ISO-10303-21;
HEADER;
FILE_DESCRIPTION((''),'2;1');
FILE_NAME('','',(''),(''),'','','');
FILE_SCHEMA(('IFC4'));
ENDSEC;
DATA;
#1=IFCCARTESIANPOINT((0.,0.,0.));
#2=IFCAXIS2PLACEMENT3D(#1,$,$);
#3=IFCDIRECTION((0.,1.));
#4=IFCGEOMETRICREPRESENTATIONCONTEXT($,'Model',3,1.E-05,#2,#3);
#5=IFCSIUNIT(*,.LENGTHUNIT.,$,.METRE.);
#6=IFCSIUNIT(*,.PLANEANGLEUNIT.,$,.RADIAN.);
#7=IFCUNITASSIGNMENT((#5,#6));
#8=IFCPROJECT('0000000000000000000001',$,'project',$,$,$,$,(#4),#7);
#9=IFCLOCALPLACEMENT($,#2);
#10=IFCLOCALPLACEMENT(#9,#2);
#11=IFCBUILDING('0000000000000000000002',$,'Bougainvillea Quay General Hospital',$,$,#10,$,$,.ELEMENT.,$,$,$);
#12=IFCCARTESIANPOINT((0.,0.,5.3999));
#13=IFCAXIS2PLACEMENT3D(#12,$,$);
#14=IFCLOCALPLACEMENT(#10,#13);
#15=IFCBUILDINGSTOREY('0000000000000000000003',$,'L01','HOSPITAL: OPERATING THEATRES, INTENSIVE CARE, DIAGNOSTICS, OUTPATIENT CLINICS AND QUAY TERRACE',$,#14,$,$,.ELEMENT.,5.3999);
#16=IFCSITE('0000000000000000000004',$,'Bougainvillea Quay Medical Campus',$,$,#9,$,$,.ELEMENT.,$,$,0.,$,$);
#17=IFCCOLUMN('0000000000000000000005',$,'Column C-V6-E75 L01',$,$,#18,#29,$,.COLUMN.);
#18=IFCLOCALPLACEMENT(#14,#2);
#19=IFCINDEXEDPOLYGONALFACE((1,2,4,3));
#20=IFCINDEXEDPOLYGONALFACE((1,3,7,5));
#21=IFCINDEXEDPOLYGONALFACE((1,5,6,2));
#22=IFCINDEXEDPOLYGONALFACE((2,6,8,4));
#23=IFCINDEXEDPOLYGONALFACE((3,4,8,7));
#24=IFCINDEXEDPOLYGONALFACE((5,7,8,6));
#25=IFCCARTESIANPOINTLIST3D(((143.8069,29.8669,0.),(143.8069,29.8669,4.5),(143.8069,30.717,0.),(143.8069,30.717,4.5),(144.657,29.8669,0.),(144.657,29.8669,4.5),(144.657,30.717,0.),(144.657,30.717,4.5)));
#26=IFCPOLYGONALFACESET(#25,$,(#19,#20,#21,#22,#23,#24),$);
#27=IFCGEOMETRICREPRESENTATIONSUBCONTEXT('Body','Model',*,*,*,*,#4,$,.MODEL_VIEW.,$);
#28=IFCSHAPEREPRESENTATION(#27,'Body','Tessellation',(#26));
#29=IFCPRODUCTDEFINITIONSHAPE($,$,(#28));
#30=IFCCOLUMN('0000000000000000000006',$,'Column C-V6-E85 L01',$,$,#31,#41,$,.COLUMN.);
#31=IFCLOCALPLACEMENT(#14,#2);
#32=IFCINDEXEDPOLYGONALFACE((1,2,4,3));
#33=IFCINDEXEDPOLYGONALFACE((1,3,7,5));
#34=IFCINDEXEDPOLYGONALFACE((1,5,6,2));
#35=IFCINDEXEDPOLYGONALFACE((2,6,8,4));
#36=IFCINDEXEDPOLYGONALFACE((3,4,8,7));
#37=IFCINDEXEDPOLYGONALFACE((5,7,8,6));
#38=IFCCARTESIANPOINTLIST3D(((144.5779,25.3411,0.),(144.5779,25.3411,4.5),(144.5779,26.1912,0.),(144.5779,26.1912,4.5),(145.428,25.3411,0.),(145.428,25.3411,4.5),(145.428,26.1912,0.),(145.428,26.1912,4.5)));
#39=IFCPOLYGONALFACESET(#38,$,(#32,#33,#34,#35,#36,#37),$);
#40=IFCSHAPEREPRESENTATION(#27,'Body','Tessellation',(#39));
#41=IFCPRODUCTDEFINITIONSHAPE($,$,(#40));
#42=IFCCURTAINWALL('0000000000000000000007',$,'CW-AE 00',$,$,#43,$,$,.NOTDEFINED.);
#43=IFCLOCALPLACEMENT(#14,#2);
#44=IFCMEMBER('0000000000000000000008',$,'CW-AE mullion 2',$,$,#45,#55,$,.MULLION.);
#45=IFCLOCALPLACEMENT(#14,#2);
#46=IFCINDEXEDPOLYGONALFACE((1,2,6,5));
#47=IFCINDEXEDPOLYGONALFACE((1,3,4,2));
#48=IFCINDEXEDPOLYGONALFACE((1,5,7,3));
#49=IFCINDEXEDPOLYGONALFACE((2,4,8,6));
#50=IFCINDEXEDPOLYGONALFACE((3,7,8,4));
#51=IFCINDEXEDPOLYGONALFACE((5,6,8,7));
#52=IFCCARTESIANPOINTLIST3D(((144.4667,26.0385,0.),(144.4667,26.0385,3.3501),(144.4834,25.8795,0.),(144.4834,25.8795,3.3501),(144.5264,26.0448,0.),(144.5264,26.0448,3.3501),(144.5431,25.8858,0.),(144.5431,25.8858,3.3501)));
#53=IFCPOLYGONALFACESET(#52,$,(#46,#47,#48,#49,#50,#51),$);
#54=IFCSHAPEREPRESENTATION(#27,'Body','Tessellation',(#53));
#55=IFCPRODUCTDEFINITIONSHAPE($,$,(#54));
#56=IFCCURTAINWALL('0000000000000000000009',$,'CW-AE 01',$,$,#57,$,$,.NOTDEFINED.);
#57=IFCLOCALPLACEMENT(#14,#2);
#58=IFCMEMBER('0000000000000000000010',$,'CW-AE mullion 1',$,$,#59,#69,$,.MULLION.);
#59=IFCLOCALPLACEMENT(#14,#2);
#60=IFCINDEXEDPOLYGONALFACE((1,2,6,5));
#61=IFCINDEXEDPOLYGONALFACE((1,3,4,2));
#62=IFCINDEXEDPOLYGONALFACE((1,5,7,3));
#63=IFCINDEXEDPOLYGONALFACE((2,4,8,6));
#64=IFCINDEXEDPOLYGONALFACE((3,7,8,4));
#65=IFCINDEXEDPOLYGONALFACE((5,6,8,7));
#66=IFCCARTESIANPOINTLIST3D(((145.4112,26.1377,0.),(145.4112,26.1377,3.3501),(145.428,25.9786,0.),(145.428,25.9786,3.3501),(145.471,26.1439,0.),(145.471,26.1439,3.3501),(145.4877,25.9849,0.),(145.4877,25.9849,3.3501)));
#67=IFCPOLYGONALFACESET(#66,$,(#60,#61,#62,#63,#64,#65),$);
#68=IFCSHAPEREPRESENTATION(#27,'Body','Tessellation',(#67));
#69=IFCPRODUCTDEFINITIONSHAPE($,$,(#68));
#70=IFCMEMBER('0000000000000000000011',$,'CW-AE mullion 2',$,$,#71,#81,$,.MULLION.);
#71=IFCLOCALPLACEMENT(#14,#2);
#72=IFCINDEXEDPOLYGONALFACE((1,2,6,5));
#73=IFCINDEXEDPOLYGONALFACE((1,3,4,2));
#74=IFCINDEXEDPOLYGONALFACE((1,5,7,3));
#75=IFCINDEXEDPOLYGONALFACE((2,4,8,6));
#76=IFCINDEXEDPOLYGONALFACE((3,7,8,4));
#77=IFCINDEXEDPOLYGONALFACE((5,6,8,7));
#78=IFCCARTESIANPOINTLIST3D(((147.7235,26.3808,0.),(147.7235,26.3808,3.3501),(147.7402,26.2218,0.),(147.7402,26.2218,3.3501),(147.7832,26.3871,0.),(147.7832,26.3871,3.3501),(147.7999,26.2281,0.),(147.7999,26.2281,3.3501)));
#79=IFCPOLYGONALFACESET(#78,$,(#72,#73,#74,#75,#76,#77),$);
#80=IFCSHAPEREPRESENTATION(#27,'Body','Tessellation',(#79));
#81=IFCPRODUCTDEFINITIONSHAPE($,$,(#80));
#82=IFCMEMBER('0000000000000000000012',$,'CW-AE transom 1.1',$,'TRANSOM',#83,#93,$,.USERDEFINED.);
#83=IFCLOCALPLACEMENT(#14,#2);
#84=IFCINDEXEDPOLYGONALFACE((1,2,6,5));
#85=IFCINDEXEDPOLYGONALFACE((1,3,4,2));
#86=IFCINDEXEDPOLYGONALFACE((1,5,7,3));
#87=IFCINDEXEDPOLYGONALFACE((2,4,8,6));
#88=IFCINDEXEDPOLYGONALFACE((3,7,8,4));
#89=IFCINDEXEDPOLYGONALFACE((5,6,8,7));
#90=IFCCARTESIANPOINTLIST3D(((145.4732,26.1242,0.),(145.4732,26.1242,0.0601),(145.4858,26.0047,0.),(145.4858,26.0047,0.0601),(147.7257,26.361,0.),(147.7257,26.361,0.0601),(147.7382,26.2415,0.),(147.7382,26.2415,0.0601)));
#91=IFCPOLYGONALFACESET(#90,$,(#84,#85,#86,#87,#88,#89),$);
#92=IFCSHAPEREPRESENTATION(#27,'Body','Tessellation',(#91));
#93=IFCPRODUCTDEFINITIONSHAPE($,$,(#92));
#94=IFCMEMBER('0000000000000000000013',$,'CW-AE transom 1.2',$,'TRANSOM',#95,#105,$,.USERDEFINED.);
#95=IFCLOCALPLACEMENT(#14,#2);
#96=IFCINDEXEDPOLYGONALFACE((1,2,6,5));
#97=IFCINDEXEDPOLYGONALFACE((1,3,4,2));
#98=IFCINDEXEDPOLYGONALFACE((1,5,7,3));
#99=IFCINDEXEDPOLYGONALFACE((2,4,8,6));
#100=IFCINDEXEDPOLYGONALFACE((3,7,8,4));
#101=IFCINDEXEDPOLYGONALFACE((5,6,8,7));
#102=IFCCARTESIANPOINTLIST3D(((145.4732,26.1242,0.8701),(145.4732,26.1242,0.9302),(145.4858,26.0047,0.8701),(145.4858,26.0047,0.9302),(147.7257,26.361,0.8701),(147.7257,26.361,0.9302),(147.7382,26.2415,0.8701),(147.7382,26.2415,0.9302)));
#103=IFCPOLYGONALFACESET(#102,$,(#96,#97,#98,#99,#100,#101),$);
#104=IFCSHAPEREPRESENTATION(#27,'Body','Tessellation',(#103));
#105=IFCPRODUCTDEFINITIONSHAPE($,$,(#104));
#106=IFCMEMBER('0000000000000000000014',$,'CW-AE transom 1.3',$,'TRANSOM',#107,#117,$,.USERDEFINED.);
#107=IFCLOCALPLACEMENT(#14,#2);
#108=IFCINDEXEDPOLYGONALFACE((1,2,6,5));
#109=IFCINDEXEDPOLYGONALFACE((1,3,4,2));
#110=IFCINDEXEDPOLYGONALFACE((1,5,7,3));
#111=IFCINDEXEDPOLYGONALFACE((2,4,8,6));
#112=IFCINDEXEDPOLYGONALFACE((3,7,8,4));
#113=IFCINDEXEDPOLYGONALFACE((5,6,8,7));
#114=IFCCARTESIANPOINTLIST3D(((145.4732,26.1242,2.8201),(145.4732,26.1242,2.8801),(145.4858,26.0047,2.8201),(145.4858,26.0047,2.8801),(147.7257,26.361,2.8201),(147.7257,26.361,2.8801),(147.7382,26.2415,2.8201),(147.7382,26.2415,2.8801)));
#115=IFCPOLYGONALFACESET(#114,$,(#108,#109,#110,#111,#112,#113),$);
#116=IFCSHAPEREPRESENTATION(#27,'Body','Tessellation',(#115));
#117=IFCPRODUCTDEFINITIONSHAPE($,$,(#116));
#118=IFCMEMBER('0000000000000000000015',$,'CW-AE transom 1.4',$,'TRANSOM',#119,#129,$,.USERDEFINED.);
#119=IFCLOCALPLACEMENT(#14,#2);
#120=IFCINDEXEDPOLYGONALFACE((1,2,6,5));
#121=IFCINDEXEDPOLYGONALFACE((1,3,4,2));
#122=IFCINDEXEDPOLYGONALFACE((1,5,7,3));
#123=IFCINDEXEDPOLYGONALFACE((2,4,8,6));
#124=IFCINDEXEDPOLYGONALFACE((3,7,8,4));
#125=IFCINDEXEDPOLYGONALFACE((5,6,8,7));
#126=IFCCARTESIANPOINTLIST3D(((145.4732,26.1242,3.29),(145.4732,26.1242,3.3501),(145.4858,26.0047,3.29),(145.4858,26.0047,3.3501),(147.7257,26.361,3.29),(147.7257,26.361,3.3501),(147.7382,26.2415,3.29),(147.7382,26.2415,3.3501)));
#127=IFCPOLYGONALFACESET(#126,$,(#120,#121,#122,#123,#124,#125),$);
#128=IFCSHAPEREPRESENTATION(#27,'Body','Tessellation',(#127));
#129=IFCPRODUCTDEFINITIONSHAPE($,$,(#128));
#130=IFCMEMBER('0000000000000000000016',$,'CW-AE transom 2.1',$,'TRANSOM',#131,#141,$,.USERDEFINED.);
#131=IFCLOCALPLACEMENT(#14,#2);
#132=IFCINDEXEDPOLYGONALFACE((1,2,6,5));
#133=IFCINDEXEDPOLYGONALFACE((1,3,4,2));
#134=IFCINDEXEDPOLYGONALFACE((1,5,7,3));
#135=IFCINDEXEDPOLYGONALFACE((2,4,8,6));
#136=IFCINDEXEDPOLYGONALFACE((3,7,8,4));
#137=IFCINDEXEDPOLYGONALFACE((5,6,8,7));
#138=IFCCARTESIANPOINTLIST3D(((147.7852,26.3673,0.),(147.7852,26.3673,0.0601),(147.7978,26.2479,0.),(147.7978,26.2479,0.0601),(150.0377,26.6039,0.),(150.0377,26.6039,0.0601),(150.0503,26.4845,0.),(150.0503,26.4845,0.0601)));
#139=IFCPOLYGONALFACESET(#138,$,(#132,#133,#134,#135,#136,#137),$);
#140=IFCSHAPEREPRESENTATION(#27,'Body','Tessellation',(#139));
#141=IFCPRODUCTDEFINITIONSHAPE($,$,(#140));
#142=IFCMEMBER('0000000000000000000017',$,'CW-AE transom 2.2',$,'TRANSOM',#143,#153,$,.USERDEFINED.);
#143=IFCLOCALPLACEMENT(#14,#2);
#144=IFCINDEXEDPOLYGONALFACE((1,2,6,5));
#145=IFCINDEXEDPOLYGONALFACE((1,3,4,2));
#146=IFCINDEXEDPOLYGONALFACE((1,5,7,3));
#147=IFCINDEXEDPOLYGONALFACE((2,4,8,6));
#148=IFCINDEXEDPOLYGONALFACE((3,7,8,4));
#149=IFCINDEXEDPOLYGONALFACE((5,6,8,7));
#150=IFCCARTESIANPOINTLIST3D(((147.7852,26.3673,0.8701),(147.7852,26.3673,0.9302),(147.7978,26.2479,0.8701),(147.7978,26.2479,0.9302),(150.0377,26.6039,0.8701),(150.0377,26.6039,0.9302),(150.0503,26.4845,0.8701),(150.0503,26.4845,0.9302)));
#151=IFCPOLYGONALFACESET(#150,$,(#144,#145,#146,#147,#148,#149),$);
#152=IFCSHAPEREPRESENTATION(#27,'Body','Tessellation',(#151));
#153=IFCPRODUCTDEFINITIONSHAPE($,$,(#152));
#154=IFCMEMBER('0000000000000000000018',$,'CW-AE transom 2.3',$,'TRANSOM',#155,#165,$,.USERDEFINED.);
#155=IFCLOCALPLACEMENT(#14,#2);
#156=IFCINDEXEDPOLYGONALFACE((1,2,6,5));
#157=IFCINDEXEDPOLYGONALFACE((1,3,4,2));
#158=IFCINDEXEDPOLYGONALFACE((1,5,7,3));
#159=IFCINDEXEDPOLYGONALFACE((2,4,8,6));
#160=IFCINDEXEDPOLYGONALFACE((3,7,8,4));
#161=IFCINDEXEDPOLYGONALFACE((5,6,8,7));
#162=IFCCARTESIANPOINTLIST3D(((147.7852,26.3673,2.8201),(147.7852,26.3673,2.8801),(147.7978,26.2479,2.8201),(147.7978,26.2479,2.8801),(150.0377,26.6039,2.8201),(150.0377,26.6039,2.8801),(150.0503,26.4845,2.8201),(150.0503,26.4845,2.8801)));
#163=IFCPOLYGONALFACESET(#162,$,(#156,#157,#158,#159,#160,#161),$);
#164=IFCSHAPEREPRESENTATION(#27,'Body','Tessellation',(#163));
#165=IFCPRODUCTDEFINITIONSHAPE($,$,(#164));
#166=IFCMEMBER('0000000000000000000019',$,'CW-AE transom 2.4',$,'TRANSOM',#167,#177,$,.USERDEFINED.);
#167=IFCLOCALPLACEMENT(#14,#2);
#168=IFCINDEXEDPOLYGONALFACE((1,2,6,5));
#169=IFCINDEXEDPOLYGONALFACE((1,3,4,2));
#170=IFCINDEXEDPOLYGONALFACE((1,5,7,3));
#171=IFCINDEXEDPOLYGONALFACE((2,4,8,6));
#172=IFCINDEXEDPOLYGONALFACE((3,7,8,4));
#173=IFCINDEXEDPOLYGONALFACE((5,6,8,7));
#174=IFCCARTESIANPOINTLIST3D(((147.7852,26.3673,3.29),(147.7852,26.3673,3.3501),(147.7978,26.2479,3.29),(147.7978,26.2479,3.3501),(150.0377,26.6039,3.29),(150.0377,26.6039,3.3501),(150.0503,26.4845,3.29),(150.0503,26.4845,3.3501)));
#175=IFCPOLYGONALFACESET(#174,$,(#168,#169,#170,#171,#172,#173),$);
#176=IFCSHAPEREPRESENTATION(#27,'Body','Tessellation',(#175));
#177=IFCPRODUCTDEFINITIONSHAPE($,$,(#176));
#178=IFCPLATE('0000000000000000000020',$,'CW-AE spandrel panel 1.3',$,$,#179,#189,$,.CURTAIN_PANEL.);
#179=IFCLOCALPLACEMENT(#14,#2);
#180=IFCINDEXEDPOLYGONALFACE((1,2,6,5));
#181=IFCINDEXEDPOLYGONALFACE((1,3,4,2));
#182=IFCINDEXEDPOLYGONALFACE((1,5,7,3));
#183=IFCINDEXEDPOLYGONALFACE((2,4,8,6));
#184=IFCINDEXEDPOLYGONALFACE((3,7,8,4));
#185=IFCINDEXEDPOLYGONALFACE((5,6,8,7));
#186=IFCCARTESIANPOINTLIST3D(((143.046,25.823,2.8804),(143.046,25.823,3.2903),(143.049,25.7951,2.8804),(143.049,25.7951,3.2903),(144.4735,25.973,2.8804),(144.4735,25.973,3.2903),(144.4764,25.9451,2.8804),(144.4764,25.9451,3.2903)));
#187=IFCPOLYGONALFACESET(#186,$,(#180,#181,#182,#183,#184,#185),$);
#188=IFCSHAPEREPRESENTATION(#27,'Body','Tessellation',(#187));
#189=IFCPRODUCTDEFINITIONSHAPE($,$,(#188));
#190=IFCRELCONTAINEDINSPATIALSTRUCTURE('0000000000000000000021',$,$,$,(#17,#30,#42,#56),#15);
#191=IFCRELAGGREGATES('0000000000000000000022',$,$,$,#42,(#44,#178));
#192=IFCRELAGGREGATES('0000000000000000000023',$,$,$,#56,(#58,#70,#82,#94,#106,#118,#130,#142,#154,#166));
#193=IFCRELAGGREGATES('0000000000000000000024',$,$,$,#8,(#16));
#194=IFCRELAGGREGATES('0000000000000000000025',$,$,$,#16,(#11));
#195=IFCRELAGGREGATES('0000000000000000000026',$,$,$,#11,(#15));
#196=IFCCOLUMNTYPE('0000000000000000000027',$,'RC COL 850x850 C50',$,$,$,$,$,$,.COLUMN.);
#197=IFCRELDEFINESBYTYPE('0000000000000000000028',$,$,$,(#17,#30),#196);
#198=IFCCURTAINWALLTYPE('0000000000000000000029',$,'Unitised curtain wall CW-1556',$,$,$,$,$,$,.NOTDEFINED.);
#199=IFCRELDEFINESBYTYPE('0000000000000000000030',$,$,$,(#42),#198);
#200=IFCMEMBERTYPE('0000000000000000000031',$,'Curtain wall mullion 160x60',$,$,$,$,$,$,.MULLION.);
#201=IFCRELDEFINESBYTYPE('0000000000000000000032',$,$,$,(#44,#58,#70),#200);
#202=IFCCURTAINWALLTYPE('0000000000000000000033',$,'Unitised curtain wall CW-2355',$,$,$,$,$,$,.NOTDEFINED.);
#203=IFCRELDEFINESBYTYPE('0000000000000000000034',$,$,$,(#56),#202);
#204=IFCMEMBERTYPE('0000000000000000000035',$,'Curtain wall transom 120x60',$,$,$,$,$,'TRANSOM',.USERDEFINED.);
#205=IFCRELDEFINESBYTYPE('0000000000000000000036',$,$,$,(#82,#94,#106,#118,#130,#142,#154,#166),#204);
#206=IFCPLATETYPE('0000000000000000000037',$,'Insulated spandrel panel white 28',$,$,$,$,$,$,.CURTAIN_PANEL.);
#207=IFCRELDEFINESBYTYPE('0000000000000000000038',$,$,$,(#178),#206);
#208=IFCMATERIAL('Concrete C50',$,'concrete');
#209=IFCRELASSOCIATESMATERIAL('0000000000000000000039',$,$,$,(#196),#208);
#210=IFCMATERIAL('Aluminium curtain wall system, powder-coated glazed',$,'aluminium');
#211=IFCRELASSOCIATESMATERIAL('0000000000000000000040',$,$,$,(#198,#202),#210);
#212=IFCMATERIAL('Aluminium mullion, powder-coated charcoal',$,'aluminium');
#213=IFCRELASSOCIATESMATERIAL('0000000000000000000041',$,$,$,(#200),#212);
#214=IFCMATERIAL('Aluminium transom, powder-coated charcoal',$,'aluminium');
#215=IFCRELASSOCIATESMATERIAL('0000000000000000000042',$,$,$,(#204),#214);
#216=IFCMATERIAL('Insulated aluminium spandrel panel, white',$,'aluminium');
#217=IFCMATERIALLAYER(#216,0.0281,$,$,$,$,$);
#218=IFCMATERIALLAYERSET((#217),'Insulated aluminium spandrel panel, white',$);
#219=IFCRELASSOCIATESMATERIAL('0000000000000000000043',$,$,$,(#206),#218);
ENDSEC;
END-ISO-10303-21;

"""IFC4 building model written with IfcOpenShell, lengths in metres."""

from ifc_helpers import new_model, si_unit, direction, frame, origin, origin_2d, place, context, subcontext, project, spatial, rectangle, extrude, material, layer, layer_set, material_profile, profile_set, type_object, element, aggregate, save


model = new_model("IFC4")

# Units and contexts
model_context = context("Model", 3, precision=1e-05, world=origin(), true_north=direction((0.0, 1.0)))
body_context = subcontext(model_context, "Body", "Model", "MODEL_VIEW")
ifc_project = project(units=[si_unit("LENGTHUNIT", "METRE"), si_unit("PLANEANGLEUNIT", "RADIAN")], contexts=[model_context])

# Site, building, storey
site_placement = place(None, origin())
site = spatial("IfcSite", under=ifc_project, at=site_placement, Name="Bougainvillea Quay Medical Campus", CompositionType="ELEMENT", RefElevation=0.0)
building_placement = place(site_placement, origin())
building = spatial("IfcBuilding", under=site, at=building_placement, Name="Bougainvillea Quay General Hospital", CompositionType="ELEMENT")
storey_placement = place(building_placement, frame((0.0, 0.0, 5.3999)))
storey = spatial("IfcBuildingStorey", under=building, at=storey_placement, Name="L01", Description="HOSPITAL: OPERATING THEATRES, INTENSIVE CARE, DIAGNOSTICS, OUTPATIENT CLINICS AND QUAY TERRACE", CompositionType="ELEMENT", Elevation=5.3999)

# Columns
ifc_material_1 = material(Name="Concrete C50", Category="concrete")
ifc_material_profile_1 = material_profile(ifc_material_1, rectangle(XDim=0.8501, YDim=0.8501, at=origin_2d()))
ifc_profile_set_1 = profile_set([ifc_material_profile_1], Name="Concrete C50")
column_type = type_object("IfcColumnType", Name="RC COL 850x850 C50", PredefinedType="COLUMN", material=ifc_profile_set_1)
for number, where, z_axis, x_axis, name in (
    (1, (144.2319, 30.292, 0.0), (0.0, 0.0, 1.0), (1.0, 0.0, 0.0), "Column C-V6-E75 L01"),
    (2, (145.0029, 25.7661, 0.0), (0.0, 0.0, 1.0), (1.0, 0.0, 0.0), "Column C-V6-E85 L01"),
):
    element("IfcColumn", number, at=place(storey_placement, frame(where, z_axis=z_axis, x_axis=x_axis)), inside=storey, type_object=column_type, Name=name, PredefinedType="COLUMN", context=body_context, shape_type="SweptSolid", body=[
        extrude(rectangle(XDim=0.8501, YDim=0.8501, at=origin_2d()), origin(), (0.0, 0.0, 1.0), 4.5),
    ])

# Curtain wall, member
ifc_material_2 = material(Name="Aluminium curtain wall system, powder-coated glazed", Category="aluminium")
curtain_wall_type_1 = type_object("IfcCurtainWallType", Name="Unitised curtain wall CW-1556", PredefinedType="NOTDEFINED", material=ifc_material_2)
curtain_wall_1_placement = place(storey_placement, origin())
curtain_wall_1 = element("IfcCurtainWall", 3, at=curtain_wall_1_placement, inside=storey, type_object=curtain_wall_type_1, Name="CW-AE 00", PredefinedType="NOTDEFINED")
ifc_material_3 = material(Name="Aluminium mullion, powder-coated charcoal", Category="aluminium")
ifc_material_profile_2 = material_profile(ifc_material_3, rectangle(XDim=0.1599, YDim=0.0601, at=origin_2d()))
ifc_profile_set_2 = profile_set([ifc_material_profile_2], Name="Aluminium mullion, powder-coated charcoal")
member_type_1 = type_object("IfcMemberType", Name="Curtain wall mullion 160x60", PredefinedType="MULLION", material=ifc_profile_set_2)
member_1_placement = place(storey_placement, frame((144.5049, 25.9622, 0.0), z_axis=(0.0, 0.0, 1.0), x_axis=(-0.104527, 0.994522, 0.0)))
member_1 = element("IfcMember", 4, at=member_1_placement, type_object=member_type_1, Name="CW-AE mullion 2", PredefinedType="MULLION", context=body_context, shape_type="SweptSolid", body=[
    extrude(rectangle(XDim=0.1599, YDim=0.0601, at=origin_2d()), origin(), (0.0, 0.0, 1.0), 3.3501),
])

# Curtain wall, members
curtain_wall_type_2 = type_object("IfcCurtainWallType", Name="Unitised curtain wall CW-2355", PredefinedType="NOTDEFINED", material=ifc_material_2)
curtain_wall_2_placement = place(storey_placement, origin())
curtain_wall_2 = element("IfcCurtainWall", 5, at=curtain_wall_2_placement, inside=storey, type_object=curtain_wall_type_2, Name="CW-AE 01", PredefinedType="NOTDEFINED")
member_2_placement = place(storey_placement, frame((145.4495, 26.0613, 0.0), z_axis=(0.0, 0.0, 1.0), x_axis=(-0.104527, 0.994522, 0.0)))
member_2 = element("IfcMember", 6, at=member_2_placement, type_object=member_type_1, Name="CW-AE mullion 1", PredefinedType="MULLION", context=body_context, shape_type="SweptSolid", body=[
    extrude(rectangle(XDim=0.1599, YDim=0.0601, at=origin_2d()), origin(), (0.0, 0.0, 1.0), 3.3501),
])
member_3_placement = place(storey_placement, frame((147.7617, 26.3044, 0.0), z_axis=(0.0, 0.0, 1.0), x_axis=(-0.104527, 0.994522, 0.0)))
member_3 = element("IfcMember", 7, at=member_3_placement, type_object=member_type_1, Name="CW-AE mullion 2", PredefinedType="MULLION", context=body_context, shape_type="SweptSolid", body=[
    extrude(rectangle(XDim=0.1599, YDim=0.0601, at=origin_2d()), origin(), (0.0, 0.0, 1.0), 3.3501),
])
ifc_material_4 = material(Name="Aluminium transom, powder-coated charcoal", Category="aluminium")
ifc_material_profile_3 = material_profile(ifc_material_4, rectangle(XDim=0.1201, YDim=0.0601, at=origin_2d()))
ifc_profile_set_3 = profile_set([ifc_material_profile_3], Name="Aluminium transom, powder-coated charcoal")
member_type_2 = type_object("IfcMemberType", Name="Curtain wall transom 120x60", ElementType="TRANSOM", PredefinedType="USERDEFINED", material=ifc_profile_set_3)
member_4_placement = place(storey_placement, frame((145.4795, 26.0645, 0.03), z_axis=(0.994518, 0.104561, 0.0), x_axis=(-0.104561, 0.994518, 0.0)))
member_4 = element("IfcMember", 8, at=member_4_placement, type_object=member_type_2, Name="CW-AE transom 1.1", ObjectType="TRANSOM", PredefinedType="USERDEFINED", context=body_context, shape_type="SweptSolid", body=[
    extrude(rectangle(XDim=0.1201, YDim=0.0601, at=origin_2d()), origin(), (0.0, 0.0, 1.0), 2.2649),
])
member_5_placement = place(storey_placement, frame((145.4795, 26.0645, 0.9001), z_axis=(0.994518, 0.104561, 0.0), x_axis=(-0.104561, 0.994518, 0.0)))
member_5 = element("IfcMember", 9, at=member_5_placement, type_object=member_type_2, Name="CW-AE transom 1.2", ObjectType="TRANSOM", PredefinedType="USERDEFINED", context=body_context, shape_type="SweptSolid", body=[
    extrude(rectangle(XDim=0.1201, YDim=0.0601, at=origin_2d()), origin(), (0.0, 0.0, 1.0), 2.2649),
])
member_6_placement = place(storey_placement, frame((145.4795, 26.0645, 2.8501), z_axis=(0.994518, 0.104561, 0.0), x_axis=(-0.104561, 0.994518, 0.0)))
member_6 = element("IfcMember", 10, at=member_6_placement, type_object=member_type_2, Name="CW-AE transom 1.3", ObjectType="TRANSOM", PredefinedType="USERDEFINED", context=body_context, shape_type="SweptSolid", body=[
    extrude(rectangle(XDim=0.1201, YDim=0.0601, at=origin_2d()), origin(), (0.0, 0.0, 1.0), 2.2649),
])
member_7_placement = place(storey_placement, frame((145.4795, 26.0645, 3.3201), z_axis=(0.994518, 0.104561, 0.0), x_axis=(-0.104561, 0.994518, 0.0)))
member_7 = element("IfcMember", 11, at=member_7_placement, type_object=member_type_2, Name="CW-AE transom 1.4", ObjectType="TRANSOM", PredefinedType="USERDEFINED", context=body_context, shape_type="SweptSolid", body=[
    extrude(rectangle(XDim=0.1201, YDim=0.0601, at=origin_2d()), origin(), (0.0, 0.0, 1.0), 2.2649),
])
member_8_placement = place(storey_placement, frame((147.7915, 26.3076, 0.03), z_axis=(0.99453, 0.104455, 0.0), x_axis=(-0.104455, 0.99453, 0.0)))
member_8 = element("IfcMember", 12, at=member_8_placement, type_object=member_type_2, Name="CW-AE transom 2.1", ObjectType="TRANSOM", PredefinedType="USERDEFINED", context=body_context, shape_type="SweptSolid", body=[
    extrude(rectangle(XDim=0.1201, YDim=0.0601, at=origin_2d()), origin(), (0.0, 0.0, 1.0), 2.2649),
])
member_9_placement = place(storey_placement, frame((147.7915, 26.3076, 0.9001), z_axis=(0.99453, 0.104455, 0.0), x_axis=(-0.104455, 0.99453, 0.0)))
member_9 = element("IfcMember", 13, at=member_9_placement, type_object=member_type_2, Name="CW-AE transom 2.2", ObjectType="TRANSOM", PredefinedType="USERDEFINED", context=body_context, shape_type="SweptSolid", body=[
    extrude(rectangle(XDim=0.1201, YDim=0.0601, at=origin_2d()), origin(), (0.0, 0.0, 1.0), 2.2649),
])
member_10_placement = place(storey_placement, frame((147.7915, 26.3076, 2.8501), z_axis=(0.99453, 0.104455, 0.0), x_axis=(-0.104455, 0.99453, 0.0)))
member_10 = element("IfcMember", 14, at=member_10_placement, type_object=member_type_2, Name="CW-AE transom 2.3", ObjectType="TRANSOM", PredefinedType="USERDEFINED", context=body_context, shape_type="SweptSolid", body=[
    extrude(rectangle(XDim=0.1201, YDim=0.0601, at=origin_2d()), origin(), (0.0, 0.0, 1.0), 2.2649),
])
member_11_placement = place(storey_placement, frame((147.7915, 26.3076, 3.3201), z_axis=(0.99453, 0.104455, 0.0), x_axis=(-0.104455, 0.99453, 0.0)))
member_11 = element("IfcMember", 15, at=member_11_placement, type_object=member_type_2, Name="CW-AE transom 2.4", ObjectType="TRANSOM", PredefinedType="USERDEFINED", context=body_context, shape_type="SweptSolid", body=[
    extrude(rectangle(XDim=0.1201, YDim=0.0601, at=origin_2d()), origin(), (0.0, 0.0, 1.0), 2.2649),
])

# Plate
ifc_material_5 = material(Name="Insulated aluminium spandrel panel, white", Category="aluminium")
ifc_layer_1 = layer(ifc_material_5, 0.0281)
ifc_layer_set_1 = layer_set([ifc_layer_1], Name="Insulated aluminium spandrel panel, white")
plate_type_1 = type_object("IfcPlateType", Name="Insulated spandrel panel white 28", PredefinedType="CURTAIN_PANEL", material=ifc_layer_set_1)
plate_1_placement = place(storey_placement, frame((143.7612, 25.884, 2.8804), z_axis=(0.0, 0.0, 1.0), x_axis=(0.994522, 0.104527, 0.0)))
plate_1 = element("IfcPlate", 16, at=plate_1_placement, type_object=plate_type_1, Name="CW-AE spandrel panel 1.3", PredefinedType="CURTAIN_PANEL", context=body_context, shape_type="SweptSolid", body=[
    extrude(rectangle(XDim=1.4353, YDim=0.0281, at=origin_2d()), origin(), (0.0, 0.0, 1.0), 0.4099),
])
aggregate(curtain_wall_1, [member_1, plate_1])
aggregate(curtain_wall_2, [member_2, member_3, member_4, member_5, member_6, member_7, member_8, member_9, member_10, member_11])

save(model, "model.ifc")
